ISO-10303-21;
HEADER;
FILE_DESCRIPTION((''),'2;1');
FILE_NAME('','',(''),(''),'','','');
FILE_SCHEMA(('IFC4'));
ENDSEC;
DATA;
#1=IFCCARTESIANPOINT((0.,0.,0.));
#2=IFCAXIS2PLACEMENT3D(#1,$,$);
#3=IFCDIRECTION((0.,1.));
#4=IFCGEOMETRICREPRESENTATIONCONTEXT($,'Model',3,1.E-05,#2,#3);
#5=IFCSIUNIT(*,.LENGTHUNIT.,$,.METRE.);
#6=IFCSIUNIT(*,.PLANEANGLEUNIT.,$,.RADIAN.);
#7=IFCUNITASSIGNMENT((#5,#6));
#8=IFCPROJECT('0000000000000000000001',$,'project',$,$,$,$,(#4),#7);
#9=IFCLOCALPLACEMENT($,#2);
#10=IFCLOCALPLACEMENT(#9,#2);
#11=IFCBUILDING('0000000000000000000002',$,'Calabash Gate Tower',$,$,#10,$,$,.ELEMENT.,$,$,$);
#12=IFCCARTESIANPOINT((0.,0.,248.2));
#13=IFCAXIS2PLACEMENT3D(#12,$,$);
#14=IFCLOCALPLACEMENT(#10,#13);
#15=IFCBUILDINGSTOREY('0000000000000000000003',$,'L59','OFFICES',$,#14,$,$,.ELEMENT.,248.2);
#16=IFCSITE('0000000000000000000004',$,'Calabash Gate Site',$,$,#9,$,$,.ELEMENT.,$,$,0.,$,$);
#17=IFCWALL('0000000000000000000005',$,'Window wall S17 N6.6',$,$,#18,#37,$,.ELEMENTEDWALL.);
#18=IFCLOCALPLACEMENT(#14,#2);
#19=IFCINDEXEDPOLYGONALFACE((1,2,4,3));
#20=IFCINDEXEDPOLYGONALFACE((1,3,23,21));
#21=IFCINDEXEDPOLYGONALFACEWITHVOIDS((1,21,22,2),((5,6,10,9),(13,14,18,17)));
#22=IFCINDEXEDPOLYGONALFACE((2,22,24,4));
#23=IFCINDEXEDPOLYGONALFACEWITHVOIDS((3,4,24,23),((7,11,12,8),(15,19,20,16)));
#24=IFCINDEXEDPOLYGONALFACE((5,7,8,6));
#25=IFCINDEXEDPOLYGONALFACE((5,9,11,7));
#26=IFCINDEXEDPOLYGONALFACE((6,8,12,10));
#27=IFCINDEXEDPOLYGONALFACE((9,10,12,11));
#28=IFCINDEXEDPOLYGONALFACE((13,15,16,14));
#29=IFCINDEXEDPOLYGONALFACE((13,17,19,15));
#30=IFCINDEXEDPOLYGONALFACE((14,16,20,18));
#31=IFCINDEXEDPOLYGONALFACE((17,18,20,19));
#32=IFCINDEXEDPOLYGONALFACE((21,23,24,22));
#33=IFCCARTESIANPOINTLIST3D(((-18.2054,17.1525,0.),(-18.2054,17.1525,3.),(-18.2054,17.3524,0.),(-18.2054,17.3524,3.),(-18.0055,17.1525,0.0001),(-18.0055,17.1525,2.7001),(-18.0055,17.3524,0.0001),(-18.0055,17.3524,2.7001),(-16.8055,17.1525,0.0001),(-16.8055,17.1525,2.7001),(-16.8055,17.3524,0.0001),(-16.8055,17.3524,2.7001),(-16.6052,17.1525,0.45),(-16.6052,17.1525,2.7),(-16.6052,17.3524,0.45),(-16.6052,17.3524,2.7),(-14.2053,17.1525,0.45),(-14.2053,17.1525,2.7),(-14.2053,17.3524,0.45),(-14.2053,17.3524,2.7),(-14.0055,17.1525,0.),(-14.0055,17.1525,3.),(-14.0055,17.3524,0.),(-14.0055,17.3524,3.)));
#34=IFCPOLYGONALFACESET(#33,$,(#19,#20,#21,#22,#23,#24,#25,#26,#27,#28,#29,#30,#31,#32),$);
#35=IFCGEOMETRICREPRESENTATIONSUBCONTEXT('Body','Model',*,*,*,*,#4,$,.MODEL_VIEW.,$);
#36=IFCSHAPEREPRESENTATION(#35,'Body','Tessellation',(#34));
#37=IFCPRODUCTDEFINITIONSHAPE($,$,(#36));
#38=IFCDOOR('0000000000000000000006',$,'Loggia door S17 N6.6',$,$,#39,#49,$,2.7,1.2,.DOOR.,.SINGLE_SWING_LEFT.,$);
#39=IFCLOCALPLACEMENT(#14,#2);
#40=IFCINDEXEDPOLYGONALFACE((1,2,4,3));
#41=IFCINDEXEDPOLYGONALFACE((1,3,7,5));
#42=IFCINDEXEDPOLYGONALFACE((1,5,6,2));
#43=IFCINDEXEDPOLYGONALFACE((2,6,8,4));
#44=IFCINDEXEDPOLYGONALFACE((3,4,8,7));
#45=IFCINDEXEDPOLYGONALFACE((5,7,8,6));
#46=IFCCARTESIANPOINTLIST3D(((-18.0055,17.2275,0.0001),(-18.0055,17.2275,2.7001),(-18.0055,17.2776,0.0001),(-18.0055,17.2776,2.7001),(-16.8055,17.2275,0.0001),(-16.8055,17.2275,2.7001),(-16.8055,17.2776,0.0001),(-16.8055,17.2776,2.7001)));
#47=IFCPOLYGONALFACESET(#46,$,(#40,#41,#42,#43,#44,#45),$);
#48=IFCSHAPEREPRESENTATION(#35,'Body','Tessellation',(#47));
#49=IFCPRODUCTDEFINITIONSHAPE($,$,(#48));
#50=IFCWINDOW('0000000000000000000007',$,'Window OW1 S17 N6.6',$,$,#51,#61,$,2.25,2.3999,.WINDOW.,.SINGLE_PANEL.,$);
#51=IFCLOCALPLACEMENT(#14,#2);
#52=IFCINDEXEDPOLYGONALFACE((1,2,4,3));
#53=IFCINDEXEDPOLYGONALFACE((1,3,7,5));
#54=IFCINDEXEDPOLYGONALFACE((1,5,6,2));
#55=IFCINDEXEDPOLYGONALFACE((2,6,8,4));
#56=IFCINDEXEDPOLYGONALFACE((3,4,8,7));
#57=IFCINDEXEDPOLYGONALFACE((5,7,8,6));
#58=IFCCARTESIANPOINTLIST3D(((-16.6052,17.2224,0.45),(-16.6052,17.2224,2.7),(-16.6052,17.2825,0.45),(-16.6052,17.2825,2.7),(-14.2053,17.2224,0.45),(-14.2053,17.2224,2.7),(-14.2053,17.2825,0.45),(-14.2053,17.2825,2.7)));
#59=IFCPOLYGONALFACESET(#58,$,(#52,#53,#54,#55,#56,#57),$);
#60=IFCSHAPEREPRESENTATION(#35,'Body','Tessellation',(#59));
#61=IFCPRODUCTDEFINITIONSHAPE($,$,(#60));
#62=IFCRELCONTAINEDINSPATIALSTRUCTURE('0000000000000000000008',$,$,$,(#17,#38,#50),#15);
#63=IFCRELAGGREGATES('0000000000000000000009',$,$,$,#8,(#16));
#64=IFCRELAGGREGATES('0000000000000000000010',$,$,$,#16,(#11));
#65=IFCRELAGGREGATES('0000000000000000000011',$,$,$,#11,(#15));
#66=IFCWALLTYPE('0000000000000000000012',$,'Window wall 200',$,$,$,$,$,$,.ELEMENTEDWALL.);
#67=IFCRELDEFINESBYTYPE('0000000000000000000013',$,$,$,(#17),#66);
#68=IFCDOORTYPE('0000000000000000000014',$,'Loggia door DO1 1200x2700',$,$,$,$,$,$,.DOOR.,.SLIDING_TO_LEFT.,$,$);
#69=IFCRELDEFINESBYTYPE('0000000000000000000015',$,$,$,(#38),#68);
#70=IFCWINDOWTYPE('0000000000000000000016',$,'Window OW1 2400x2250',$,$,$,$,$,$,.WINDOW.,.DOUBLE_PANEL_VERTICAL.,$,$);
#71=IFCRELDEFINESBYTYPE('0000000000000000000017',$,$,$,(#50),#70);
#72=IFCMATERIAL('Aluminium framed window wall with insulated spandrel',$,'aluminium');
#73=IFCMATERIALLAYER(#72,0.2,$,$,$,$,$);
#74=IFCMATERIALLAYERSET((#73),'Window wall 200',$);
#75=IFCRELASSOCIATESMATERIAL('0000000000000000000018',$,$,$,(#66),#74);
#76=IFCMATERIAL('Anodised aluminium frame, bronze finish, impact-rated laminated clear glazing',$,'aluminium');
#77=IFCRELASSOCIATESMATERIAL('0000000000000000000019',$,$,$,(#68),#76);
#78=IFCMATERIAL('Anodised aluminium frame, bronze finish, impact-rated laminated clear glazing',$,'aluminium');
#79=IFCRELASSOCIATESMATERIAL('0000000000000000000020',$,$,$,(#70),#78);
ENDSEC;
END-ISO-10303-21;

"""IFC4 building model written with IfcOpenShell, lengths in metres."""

from ifc_helpers import new_model, si_unit, direction, frame, frame_2d, origin, place, context, subcontext, project, spatial, rectangle, extrude, material, layer, layer_set, type_object, element, fill, save


model = new_model("IFC4")

# Units and contexts
model_context = context("Model", 3, precision=1e-05, world=origin(), true_north=direction((0.0, 1.0)))
body_context = subcontext(model_context, "Body", "Model", "MODEL_VIEW")
ifc_project = project(units=[si_unit("LENGTHUNIT", "METRE"), si_unit("PLANEANGLEUNIT", "RADIAN")], contexts=[model_context])

# Site, building, storey
site_placement = place(None, origin())
site = spatial("IfcSite", under=ifc_project, at=site_placement, Name="Calabash Gate Site", CompositionType="ELEMENT", RefElevation=0.0)
building_placement = place(site_placement, origin())
building = spatial("IfcBuilding", under=site, at=building_placement, Name="Calabash Gate Tower", CompositionType="ELEMENT")
storey_placement = place(building_placement, frame((0.0, 0.0, 248.2)))
storey = spatial("IfcBuildingStorey", under=building, at=storey_placement, Name="L59", Description="OFFICES", CompositionType="ELEMENT", Elevation=248.2)

# Shared definitions
ifc_material_1 = material(Name="Aluminium framed window wall with insulated spandrel", Category="aluminium")
ifc_layer_1 = layer(ifc_material_1, 0.2)
ifc_layer_set_1 = layer_set([ifc_layer_1], Name="Window wall 200")
wall_type_1 = type_object("IfcWallType", Name="Window wall 200", PredefinedType="ELEMENTEDWALL", material=ifc_layer_set_1)
ifc_material_2 = material(Name="Anodised aluminium frame, bronze finish, impact-rated laminated clear glazing", Category="aluminium")
door_type_1 = type_object("IfcDoorType", Name="Loggia door DO1 1200x2700", OperationType="SLIDING_TO_LEFT", PredefinedType="DOOR", material=ifc_material_2)
ifc_material_3 = material(Name="Anodised aluminium frame, bronze finish, impact-rated laminated clear glazing", Category="aluminium")
window_type_1 = type_object("IfcWindowType", Name="Window OW1 2400x2250", PartitioningType="DOUBLE_PANEL_VERTICAL", PredefinedType="WINDOW", material=ifc_material_3)

# Wall, openings, door, window
wall_1_placement = place(storey_placement, frame((-14.0054, 17.2524, 0.0), z_axis=(0.0, 0.0, 1.0), x_axis=(-1.0, 0.0, 0.0)))
wall_1 = element("IfcWall", 1, at=wall_1_placement, inside=storey, type_object=wall_type_1, Name="Window wall S17 N6.6", PredefinedType="ELEMENTEDWALL", context=body_context, shape_type="SweptSolid", body=[
    extrude(rectangle(XDim=4.2, YDim=0.2, at=frame_2d((2.1001, 0.0))), origin(), (0.0, 0.0, 1.0), 3.0),
])
opening_1_placement = place(wall_1_placement, frame((0.2, 0.0, 0.45)))
opening_1 = element("IfcOpeningElement", 2, at=opening_1_placement, cuts=wall_1, PredefinedType="OPENING", context=body_context, shape_type="SweptSolid", body=[
    extrude(rectangle(XDim=2.3999, YDim=2.25, at=frame_2d((1.2, 1.125))), frame((0.0, 0.1099, 0.0), z_axis=(0.0, -1.0, 0.0), x_axis=(1.0, 0.0, 0.0)), (0.0, 0.0, 1.0), 0.22),
])
opening_2_placement = place(wall_1_placement, frame((2.8, 0.0, 0.0)))
opening_2 = element("IfcOpeningElement", 3, at=opening_2_placement, cuts=wall_1, PredefinedType="OPENING", context=body_context, shape_type="SweptSolid", body=[
    extrude(rectangle(XDim=1.2, YDim=2.7, at=frame_2d((0.6001, 1.3501))), frame((0.0, 0.1099, 0.0), z_axis=(0.0, -1.0, 0.0), x_axis=(1.0, 0.0, 0.0)), (0.0, 0.0, 1.0), 0.22),
])
door_1_placement = place(opening_2_placement, origin())
door_1 = element("IfcDoor", 4, at=door_1_placement, inside=storey, type_object=door_type_1, Name="Loggia door S17 N6.6", OperationType="SINGLE_SWING_LEFT", OverallHeight=2.7, OverallWidth=1.2, PredefinedType="DOOR", context=body_context, shape_type="SweptSolid", body=[
    extrude(rectangle(XDim=1.2, YDim=2.7, at=frame_2d((0.6001, 1.3501))), frame((0.0, 0.0249, 0.0), z_axis=(0.0, -1.0, 0.0), x_axis=(1.0, 0.0, 0.0)), (0.0, 0.0, 1.0), 0.05),
])
fill(opening_2, door_1)
window_1_placement = place(opening_1_placement, origin())
window_1 = element("IfcWindow", 5, at=window_1_placement, inside=storey, type_object=window_type_1, Name="Window OW1 S17 N6.6", OverallHeight=2.25, OverallWidth=2.3999, PartitioningType="SINGLE_PANEL", PredefinedType="WINDOW", context=body_context, shape_type="SweptSolid", body=[
    extrude(rectangle(XDim=2.3999, YDim=2.25, at=frame_2d((1.2, 1.125))), frame((0.0, 0.03, 0.0), z_axis=(0.0, -1.0, 0.0), x_axis=(1.0, 0.0, 0.0)), (0.0, 0.0, 1.0), 0.0601),
])
fill(opening_1, window_1)

save(model, "model.ifc")
